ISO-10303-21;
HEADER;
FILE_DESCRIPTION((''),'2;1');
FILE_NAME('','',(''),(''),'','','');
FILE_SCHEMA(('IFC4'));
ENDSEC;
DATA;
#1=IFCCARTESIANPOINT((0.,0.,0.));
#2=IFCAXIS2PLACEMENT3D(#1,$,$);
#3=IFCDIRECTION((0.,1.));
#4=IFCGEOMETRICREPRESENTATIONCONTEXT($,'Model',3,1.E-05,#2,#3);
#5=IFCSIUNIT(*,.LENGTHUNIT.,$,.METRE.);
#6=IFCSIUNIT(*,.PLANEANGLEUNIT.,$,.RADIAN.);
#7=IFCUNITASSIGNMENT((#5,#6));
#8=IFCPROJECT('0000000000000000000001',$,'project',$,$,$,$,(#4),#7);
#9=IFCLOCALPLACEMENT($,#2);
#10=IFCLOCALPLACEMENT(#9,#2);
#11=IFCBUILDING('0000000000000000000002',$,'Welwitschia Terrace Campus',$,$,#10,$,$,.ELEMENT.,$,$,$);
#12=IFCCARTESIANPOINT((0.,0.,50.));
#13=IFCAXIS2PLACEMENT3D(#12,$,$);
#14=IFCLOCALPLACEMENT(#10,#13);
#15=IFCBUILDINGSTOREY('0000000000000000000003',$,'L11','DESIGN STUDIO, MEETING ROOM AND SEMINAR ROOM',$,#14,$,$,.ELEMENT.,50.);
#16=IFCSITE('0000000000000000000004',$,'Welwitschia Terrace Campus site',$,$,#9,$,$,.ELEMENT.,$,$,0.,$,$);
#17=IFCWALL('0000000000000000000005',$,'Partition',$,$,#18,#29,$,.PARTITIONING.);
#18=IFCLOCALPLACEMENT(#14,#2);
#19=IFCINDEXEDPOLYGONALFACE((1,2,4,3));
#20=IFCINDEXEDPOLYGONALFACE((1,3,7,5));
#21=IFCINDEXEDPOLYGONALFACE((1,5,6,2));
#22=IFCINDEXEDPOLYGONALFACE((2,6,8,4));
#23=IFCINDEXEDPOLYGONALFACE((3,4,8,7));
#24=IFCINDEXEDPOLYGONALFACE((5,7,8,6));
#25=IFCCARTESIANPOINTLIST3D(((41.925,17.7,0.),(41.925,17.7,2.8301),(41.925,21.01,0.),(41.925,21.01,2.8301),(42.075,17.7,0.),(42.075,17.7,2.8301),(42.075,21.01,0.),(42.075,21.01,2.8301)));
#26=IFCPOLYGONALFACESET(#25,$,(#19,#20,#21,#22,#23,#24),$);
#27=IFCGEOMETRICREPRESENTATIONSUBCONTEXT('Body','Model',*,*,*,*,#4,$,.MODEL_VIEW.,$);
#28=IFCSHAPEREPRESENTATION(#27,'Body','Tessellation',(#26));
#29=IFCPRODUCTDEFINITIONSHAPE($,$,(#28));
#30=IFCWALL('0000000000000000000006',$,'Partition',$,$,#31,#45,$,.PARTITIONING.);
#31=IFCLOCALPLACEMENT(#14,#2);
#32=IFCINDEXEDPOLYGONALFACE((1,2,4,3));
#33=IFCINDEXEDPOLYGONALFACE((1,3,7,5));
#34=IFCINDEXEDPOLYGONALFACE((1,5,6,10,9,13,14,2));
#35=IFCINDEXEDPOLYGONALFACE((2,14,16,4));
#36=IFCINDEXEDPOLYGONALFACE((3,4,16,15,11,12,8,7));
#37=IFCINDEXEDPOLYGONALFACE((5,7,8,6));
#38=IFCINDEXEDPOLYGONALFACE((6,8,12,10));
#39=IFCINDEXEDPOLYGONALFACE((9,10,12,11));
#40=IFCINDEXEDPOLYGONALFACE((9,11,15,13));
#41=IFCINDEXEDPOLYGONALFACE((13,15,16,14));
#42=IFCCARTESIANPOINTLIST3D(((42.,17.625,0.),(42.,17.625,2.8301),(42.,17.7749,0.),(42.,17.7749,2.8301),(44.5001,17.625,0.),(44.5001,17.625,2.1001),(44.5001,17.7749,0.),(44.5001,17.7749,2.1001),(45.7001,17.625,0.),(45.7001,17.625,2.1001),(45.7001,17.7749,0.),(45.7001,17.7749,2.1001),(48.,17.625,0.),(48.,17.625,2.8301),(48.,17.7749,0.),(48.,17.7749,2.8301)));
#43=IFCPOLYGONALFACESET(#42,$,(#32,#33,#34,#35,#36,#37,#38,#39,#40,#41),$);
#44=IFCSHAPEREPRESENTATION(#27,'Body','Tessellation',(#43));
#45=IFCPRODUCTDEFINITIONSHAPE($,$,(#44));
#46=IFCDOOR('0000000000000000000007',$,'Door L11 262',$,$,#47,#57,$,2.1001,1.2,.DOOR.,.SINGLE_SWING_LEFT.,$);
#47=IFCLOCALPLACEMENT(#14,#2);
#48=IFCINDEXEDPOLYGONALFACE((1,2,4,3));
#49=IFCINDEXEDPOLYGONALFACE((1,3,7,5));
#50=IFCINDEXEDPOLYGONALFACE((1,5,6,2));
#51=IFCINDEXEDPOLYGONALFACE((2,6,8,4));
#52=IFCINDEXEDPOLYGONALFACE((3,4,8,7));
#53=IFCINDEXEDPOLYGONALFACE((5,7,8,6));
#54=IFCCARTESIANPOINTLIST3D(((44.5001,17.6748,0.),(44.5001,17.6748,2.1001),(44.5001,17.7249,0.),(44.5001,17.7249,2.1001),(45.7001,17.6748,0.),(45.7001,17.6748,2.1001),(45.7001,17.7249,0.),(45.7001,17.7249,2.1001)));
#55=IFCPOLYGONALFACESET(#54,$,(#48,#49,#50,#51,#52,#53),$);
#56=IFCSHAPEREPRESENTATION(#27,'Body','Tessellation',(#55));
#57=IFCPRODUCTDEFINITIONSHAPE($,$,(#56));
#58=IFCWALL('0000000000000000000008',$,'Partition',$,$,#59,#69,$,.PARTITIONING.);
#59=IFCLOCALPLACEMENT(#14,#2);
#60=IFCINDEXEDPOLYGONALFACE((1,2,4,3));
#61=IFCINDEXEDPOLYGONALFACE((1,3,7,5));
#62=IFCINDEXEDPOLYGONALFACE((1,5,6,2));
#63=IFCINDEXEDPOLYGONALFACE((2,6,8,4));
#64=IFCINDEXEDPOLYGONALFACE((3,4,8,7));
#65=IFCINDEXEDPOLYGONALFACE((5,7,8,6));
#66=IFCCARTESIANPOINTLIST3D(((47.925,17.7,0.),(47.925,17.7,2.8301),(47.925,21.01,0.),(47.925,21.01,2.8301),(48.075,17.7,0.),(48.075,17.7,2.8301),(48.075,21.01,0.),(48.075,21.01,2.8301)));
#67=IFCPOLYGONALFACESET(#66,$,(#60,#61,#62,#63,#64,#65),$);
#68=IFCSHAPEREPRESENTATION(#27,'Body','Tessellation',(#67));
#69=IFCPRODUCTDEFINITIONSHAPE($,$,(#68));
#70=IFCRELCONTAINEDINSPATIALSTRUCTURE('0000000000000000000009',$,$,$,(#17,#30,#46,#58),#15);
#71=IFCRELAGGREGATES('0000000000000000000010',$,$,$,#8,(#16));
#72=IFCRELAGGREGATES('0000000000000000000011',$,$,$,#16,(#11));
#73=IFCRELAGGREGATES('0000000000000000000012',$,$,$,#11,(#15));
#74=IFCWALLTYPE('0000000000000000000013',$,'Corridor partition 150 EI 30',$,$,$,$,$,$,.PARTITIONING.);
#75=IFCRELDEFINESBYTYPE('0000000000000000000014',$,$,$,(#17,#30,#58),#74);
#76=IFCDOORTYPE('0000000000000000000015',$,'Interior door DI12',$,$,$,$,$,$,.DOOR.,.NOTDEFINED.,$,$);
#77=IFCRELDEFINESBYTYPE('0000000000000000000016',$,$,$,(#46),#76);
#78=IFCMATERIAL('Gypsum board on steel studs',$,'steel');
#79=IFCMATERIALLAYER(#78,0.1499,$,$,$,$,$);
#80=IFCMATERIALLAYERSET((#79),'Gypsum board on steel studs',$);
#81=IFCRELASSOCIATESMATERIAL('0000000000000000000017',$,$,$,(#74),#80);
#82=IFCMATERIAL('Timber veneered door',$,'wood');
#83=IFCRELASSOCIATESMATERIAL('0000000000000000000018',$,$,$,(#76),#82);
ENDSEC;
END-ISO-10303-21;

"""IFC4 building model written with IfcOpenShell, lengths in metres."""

from ifc_helpers import new_model, si_unit, direction, frame, frame_2d, origin, place, context, subcontext, project, spatial, rectangle, extrude, material, layer, layer_set, type_object, element, fill, save


model = new_model("IFC4")

# Units and contexts
model_context = context("Model", 3, precision=1e-05, world=origin(), true_north=direction((0.0, 1.0)))
body_context = subcontext(model_context, "Body", "Model", "MODEL_VIEW")
ifc_project = project(units=[si_unit("LENGTHUNIT", "METRE"), si_unit("PLANEANGLEUNIT", "RADIAN")], contexts=[model_context])

# Site, building, storey
site_placement = place(None, origin())
site = spatial("IfcSite", under=ifc_project, at=site_placement, Name="Welwitschia Terrace Campus site", CompositionType="ELEMENT", RefElevation=0.0)
building_placement = place(site_placement, origin())
building = spatial("IfcBuilding", under=site, at=building_placement, Name="Welwitschia Terrace Campus", CompositionType="ELEMENT")
storey_placement = place(building_placement, frame((0.0, 0.0, 50.0)))
storey = spatial("IfcBuildingStorey", under=building, at=storey_placement, Name="L11", Description="DESIGN STUDIO, MEETING ROOM AND SEMINAR ROOM", CompositionType="ELEMENT", Elevation=50.0)

# Shared definitions
ifc_material_1 = material(Name="Gypsum board on steel studs", Category="steel")
ifc_layer = layer(ifc_material_1, 0.1499)
ifc_layer_set = layer_set([ifc_layer], Name="Gypsum board on steel studs")
wall_type = type_object("IfcWallType", Name="Corridor partition 150 EI 30", PredefinedType="PARTITIONING", material=ifc_layer_set)

# Shared definitions
ifc_material_2 = material(Name="Timber veneered door", Category="wood")
door_type_1 = type_object("IfcDoorType", Name="Interior door DI12", OperationType="NOTDEFINED", PredefinedType="DOOR", material=ifc_material_2)

# Wall
wall_1_placement = place(storey_placement, frame((42.0, 17.7, 0.0), z_axis=(0.0, 0.0, 1.0), x_axis=(0.0, 1.0, 0.0)))
element("IfcWall", 1, at=wall_1_placement, inside=storey, type_object=wall_type, Name="Partition", PredefinedType="PARTITIONING", context=body_context, shape_type="SweptSolid", body=[
    extrude(rectangle(XDim=3.3101, YDim=0.1499, at=frame_2d((1.655, 0.0))), origin(), (0.0, 0.0, 1.0), 2.8301),
])

# Wall, opening, door
wall_2_placement = place(storey_placement, frame((42.0, 17.7, 0.0), z_axis=(0.0, 0.0, 1.0), x_axis=(1.0, 0.0, 0.0)))
wall_2 = element("IfcWall", 2, at=wall_2_placement, inside=storey, type_object=wall_type, Name="Partition", PredefinedType="PARTITIONING", context=body_context, shape_type="SweptSolid", body=[
    extrude(rectangle(XDim=6.0, YDim=0.1499, at=frame_2d((3.0, 0.0))), origin(), (0.0, 0.0, 1.0), 2.8301),
])
opening_1_placement = place(wall_2_placement, frame((2.5, 0.0, 0.0)))
opening_1 = element("IfcOpeningElement", 3, at=opening_1_placement, cuts=wall_2, PredefinedType="OPENING", context=body_context, shape_type="SweptSolid", body=[
    extrude(rectangle(XDim=1.2, YDim=2.1001, at=frame_2d((0.6001, 1.05))), frame((0.0, 0.085, 0.0), z_axis=(0.0, -1.0, 0.0), x_axis=(1.0, 0.0, 0.0)), (0.0, 0.0, 1.0), 0.1699),
])
door_1_placement = place(opening_1_placement, origin())
door_1 = element("IfcDoor", 4, at=door_1_placement, inside=storey, type_object=door_type_1, Name="Door L11 262", OperationType="SINGLE_SWING_LEFT", OverallHeight=2.1001, OverallWidth=1.2, PredefinedType="DOOR", context=body_context, shape_type="SweptSolid", body=[
    extrude(rectangle(XDim=1.2, YDim=2.1001, at=frame_2d((0.6001, 1.05))), frame((0.0, 0.0249, 0.0), z_axis=(0.0, -1.0, 0.0), x_axis=(1.0, 0.0, 0.0)), (0.0, 0.0, 1.0), 0.05),
])
fill(opening_1, door_1)

# Wall
wall_3_placement = place(storey_placement, frame((48.0, 17.7, 0.0), z_axis=(0.0, 0.0, 1.0), x_axis=(0.0, 1.0, 0.0)))
element("IfcWall", 5, at=wall_3_placement, inside=storey, type_object=wall_type, Name="Partition", PredefinedType="PARTITIONING", context=body_context, shape_type="SweptSolid", body=[
    extrude(rectangle(XDim=3.3101, YDim=0.1499, at=frame_2d((1.655, 0.0))), origin(), (0.0, 0.0, 1.0), 2.8301),
])

save(model, "model.ifc")
